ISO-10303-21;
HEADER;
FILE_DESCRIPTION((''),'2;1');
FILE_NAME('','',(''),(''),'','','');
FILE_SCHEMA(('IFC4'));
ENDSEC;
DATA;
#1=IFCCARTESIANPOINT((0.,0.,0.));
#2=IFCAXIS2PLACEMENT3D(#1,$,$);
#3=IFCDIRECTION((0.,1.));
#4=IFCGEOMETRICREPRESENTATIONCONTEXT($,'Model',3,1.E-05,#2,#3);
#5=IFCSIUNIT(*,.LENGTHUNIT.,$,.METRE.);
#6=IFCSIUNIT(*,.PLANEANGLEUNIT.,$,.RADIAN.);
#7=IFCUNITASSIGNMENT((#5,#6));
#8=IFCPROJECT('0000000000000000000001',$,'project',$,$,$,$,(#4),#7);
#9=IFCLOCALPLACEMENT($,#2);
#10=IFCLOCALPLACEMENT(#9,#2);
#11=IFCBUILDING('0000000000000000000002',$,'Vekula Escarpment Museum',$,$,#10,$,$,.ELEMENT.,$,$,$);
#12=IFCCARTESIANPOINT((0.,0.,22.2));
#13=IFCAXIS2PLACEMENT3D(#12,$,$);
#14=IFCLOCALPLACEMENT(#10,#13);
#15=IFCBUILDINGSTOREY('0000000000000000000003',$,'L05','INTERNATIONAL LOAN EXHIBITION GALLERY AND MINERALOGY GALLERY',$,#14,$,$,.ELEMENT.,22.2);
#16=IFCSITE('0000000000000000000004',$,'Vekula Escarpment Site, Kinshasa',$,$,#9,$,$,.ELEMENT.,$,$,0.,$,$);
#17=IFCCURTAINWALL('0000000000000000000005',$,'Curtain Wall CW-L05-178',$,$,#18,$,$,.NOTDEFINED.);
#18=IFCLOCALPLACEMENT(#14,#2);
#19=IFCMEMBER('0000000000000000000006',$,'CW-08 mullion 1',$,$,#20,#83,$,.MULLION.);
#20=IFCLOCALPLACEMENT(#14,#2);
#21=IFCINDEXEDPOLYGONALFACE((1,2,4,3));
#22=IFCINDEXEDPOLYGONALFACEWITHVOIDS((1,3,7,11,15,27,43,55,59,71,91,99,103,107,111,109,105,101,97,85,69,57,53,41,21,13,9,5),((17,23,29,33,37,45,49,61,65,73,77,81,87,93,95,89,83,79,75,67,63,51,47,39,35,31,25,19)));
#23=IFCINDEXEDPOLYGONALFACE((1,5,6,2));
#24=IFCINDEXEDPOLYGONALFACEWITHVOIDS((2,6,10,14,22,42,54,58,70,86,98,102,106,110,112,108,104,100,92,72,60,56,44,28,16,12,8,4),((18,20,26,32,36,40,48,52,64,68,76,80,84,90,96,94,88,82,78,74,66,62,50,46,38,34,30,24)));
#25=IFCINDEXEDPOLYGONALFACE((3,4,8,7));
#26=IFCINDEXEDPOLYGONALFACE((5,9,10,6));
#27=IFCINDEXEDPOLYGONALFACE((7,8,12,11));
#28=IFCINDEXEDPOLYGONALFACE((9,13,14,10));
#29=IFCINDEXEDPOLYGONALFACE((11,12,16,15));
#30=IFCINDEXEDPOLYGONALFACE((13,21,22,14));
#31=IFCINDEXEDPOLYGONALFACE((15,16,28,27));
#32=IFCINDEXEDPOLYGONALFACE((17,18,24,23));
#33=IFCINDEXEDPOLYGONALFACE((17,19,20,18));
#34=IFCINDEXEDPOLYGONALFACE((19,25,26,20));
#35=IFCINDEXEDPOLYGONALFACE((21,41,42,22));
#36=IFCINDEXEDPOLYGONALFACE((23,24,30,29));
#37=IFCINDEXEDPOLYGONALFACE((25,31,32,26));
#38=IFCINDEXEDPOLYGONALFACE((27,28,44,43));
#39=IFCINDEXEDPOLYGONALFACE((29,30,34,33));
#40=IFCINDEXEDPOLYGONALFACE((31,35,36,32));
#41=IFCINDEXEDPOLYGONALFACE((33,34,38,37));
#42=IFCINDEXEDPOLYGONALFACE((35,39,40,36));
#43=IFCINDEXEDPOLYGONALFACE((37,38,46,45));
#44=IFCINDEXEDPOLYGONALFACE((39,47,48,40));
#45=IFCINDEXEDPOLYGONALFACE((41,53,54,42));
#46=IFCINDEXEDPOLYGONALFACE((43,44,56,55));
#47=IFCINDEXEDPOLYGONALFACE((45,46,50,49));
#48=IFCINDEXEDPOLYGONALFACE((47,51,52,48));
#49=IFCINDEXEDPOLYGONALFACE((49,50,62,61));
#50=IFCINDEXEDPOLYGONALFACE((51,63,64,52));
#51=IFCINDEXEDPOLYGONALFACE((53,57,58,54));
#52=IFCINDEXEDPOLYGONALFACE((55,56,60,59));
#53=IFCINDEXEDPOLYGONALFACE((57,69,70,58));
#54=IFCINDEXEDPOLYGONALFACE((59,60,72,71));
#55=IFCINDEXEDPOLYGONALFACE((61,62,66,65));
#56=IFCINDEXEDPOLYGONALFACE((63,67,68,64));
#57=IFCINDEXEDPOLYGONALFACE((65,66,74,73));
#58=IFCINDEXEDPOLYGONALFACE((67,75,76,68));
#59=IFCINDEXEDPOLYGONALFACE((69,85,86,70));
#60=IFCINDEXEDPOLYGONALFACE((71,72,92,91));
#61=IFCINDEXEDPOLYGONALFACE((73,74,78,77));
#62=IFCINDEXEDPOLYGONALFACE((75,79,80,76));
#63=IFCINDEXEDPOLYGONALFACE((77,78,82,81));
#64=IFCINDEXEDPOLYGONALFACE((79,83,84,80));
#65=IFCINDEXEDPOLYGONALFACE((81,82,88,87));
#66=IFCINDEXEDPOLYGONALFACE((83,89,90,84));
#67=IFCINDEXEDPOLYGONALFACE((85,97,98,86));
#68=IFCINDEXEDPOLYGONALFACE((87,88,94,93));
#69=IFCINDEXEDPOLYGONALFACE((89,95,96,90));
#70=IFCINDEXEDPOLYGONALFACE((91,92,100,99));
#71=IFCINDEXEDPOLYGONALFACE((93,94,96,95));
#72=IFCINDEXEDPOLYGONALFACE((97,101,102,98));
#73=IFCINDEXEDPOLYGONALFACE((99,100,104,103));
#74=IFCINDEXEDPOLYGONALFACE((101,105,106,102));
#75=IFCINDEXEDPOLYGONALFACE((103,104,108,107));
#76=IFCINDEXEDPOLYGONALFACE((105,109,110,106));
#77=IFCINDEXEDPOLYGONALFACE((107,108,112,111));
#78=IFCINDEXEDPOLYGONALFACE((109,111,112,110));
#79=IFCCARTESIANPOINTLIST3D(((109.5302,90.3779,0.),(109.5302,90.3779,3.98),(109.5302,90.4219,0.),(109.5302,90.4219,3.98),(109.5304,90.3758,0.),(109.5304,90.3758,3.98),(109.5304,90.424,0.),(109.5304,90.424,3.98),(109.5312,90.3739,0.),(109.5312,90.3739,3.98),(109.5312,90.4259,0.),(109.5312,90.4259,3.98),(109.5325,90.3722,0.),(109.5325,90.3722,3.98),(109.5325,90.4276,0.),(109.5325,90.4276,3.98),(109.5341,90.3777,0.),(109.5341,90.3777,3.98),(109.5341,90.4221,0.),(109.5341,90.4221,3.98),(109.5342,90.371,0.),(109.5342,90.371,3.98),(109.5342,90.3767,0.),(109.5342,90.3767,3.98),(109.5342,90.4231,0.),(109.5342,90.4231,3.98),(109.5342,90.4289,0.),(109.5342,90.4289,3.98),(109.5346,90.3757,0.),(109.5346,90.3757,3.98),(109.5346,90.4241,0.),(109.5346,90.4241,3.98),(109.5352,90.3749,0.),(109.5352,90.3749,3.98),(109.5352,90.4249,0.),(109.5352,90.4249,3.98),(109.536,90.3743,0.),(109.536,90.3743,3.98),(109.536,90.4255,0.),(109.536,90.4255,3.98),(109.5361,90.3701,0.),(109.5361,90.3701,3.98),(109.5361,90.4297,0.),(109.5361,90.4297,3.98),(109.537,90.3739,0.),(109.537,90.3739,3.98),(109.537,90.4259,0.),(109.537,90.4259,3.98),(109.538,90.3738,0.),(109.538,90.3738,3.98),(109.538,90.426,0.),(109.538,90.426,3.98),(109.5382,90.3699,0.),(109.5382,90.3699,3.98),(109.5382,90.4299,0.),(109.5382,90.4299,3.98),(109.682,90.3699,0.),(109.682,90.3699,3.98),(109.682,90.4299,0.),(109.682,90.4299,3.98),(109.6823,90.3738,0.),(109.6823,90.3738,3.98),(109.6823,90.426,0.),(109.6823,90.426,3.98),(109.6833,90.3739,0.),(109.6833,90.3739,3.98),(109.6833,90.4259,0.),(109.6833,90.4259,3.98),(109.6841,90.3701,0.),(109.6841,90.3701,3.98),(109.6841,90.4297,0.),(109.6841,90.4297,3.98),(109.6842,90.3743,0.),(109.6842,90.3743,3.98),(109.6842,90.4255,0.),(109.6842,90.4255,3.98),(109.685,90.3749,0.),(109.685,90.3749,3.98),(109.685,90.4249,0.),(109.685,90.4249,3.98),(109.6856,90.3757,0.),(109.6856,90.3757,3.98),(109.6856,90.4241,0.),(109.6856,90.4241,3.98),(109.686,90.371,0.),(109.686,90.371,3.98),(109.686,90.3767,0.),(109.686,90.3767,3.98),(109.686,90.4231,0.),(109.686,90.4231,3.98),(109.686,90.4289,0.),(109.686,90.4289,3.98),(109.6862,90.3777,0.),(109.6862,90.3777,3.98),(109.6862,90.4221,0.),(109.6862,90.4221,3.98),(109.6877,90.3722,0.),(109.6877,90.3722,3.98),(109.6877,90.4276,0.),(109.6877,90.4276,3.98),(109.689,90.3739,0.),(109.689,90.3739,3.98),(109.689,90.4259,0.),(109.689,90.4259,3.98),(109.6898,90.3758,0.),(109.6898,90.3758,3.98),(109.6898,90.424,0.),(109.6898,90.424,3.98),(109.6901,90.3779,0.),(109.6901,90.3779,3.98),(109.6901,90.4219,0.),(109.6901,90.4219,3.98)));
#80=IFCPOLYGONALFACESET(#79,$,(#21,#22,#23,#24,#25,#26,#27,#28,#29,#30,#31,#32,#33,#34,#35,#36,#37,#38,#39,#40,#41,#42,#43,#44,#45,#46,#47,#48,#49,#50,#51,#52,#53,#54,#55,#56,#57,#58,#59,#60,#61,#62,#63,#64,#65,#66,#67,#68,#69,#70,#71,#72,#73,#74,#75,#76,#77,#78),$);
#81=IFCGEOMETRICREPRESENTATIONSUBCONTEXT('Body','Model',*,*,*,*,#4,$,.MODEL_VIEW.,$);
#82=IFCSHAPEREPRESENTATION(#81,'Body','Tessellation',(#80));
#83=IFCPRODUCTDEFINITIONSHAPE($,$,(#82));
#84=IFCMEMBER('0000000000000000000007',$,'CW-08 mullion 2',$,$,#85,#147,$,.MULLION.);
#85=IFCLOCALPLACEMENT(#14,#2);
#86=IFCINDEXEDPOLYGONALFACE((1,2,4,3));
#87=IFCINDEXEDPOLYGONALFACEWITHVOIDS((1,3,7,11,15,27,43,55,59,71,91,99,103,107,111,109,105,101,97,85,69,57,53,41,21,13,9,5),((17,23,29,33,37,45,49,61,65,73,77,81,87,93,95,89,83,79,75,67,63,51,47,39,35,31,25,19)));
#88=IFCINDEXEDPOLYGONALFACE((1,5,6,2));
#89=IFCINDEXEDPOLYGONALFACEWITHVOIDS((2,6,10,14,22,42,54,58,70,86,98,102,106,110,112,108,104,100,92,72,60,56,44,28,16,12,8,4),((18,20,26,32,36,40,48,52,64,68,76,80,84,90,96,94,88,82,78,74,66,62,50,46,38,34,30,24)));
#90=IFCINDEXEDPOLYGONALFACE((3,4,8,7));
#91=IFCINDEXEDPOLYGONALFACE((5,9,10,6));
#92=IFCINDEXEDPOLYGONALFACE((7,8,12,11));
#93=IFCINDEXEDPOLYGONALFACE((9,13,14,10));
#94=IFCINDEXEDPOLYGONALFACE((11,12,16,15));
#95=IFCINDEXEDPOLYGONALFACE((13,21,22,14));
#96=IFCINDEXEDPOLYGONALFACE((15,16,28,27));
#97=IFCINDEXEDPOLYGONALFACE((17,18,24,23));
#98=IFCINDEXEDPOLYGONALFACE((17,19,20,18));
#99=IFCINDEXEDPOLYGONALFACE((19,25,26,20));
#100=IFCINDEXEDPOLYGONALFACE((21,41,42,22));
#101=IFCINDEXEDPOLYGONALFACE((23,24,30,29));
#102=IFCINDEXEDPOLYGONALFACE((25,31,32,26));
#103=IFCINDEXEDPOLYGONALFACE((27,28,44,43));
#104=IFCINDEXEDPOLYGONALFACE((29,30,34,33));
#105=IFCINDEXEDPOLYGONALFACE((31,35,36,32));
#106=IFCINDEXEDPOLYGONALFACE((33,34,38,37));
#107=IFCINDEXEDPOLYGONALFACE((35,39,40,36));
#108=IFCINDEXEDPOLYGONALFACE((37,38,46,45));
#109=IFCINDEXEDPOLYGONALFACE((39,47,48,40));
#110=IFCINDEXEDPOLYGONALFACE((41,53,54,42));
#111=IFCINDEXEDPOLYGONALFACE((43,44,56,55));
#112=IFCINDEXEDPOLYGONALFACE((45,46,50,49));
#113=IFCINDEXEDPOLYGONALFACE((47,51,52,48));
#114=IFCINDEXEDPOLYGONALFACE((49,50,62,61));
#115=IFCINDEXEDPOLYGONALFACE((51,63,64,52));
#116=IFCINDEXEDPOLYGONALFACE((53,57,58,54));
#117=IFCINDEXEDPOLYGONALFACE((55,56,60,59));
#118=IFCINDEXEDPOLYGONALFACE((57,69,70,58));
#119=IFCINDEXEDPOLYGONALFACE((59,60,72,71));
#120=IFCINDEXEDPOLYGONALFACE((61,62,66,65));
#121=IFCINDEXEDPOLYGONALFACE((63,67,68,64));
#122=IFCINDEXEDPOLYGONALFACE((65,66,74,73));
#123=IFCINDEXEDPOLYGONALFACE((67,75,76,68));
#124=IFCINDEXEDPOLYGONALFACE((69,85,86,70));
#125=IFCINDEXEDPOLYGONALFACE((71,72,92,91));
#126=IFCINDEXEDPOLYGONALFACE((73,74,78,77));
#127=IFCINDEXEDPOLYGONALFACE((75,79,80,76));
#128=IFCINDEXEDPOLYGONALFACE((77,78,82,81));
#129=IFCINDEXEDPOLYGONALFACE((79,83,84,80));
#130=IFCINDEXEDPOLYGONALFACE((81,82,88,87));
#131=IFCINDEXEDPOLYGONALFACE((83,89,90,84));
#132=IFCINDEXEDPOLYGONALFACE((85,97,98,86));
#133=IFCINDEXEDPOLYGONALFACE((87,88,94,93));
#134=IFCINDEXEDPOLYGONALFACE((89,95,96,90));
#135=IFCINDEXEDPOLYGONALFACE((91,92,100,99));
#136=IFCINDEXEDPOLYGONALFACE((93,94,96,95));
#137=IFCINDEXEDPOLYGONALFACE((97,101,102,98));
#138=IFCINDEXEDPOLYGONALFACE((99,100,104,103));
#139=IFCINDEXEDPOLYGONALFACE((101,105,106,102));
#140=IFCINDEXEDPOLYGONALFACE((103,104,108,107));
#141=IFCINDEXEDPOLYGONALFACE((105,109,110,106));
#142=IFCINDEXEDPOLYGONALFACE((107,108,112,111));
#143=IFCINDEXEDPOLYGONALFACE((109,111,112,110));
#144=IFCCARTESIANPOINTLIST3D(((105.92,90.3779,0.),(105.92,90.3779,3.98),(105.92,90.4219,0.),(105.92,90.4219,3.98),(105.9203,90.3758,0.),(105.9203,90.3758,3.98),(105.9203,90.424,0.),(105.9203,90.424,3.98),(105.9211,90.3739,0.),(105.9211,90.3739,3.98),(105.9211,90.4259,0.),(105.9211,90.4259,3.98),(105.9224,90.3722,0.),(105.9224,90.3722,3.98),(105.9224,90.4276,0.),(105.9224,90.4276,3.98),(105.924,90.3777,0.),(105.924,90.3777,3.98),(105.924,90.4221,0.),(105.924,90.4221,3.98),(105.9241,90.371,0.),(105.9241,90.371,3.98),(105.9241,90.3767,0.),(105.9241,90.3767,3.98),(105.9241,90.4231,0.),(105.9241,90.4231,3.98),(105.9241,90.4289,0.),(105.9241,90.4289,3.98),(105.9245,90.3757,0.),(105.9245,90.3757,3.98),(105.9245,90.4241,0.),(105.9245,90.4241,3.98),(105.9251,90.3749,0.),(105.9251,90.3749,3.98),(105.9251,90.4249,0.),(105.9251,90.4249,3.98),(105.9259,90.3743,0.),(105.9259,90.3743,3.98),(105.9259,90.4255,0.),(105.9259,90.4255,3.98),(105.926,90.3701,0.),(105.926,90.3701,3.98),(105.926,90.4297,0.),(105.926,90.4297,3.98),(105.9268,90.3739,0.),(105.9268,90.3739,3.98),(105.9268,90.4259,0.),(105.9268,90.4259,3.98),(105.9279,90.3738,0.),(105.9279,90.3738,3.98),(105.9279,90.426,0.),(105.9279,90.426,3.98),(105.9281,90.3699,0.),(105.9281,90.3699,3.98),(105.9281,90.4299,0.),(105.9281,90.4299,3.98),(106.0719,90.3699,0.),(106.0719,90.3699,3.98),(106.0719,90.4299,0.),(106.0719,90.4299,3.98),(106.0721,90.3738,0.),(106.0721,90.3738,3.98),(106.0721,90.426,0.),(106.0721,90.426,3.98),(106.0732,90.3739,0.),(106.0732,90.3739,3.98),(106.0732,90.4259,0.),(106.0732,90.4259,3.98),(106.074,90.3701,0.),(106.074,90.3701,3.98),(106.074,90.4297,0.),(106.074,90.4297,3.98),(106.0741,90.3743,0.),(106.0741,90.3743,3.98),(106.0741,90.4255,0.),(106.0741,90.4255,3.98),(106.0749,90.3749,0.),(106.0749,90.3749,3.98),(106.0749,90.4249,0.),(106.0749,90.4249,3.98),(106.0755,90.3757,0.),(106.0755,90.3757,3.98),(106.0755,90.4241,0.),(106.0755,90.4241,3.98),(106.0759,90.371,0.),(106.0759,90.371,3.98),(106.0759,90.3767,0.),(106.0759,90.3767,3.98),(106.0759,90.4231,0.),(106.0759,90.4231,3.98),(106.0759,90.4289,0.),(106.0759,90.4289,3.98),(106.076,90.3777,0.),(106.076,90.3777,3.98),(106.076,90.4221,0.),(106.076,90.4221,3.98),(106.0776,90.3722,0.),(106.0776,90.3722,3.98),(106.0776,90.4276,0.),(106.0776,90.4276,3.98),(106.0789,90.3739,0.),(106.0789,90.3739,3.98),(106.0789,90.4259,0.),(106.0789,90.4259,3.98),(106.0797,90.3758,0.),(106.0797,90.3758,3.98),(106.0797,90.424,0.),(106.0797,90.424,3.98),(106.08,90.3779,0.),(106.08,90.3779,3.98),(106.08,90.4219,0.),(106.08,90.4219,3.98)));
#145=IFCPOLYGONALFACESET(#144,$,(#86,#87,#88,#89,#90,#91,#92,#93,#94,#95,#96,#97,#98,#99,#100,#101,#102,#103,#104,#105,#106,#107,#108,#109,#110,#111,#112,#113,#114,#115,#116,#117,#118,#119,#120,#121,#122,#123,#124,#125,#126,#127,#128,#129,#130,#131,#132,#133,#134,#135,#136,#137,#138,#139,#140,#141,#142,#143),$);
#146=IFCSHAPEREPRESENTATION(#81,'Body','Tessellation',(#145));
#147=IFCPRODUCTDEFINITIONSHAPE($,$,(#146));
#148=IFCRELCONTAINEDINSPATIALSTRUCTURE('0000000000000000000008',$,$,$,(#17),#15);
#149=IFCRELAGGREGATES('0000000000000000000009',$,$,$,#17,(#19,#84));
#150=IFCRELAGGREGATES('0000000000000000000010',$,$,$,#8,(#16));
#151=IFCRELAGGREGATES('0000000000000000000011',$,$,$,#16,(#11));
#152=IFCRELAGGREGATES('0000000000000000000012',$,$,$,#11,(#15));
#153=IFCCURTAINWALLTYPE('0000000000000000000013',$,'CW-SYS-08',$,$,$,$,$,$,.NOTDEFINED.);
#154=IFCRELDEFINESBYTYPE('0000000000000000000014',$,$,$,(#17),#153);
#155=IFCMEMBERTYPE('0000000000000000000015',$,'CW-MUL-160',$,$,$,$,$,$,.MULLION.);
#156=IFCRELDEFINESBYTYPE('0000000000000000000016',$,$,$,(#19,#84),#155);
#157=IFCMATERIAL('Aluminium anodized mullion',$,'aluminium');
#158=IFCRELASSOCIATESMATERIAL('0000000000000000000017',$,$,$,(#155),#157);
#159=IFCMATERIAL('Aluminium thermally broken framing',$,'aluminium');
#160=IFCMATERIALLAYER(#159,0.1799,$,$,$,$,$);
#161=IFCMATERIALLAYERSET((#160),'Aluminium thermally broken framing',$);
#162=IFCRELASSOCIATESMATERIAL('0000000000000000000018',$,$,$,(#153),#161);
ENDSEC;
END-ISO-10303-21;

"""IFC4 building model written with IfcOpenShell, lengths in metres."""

from ifc_helpers import new_model, si_unit, direction, frame, origin, origin_2d, place, context, subcontext, project, spatial, hollow_rectangle, extrude, material, layer, layer_set, material_profile, profile_set, type_object, element, aggregate, save


model = new_model("IFC4")

# Units and contexts
model_context = context("Model", 3, precision=1e-05, world=origin(), true_north=direction((0.0, 1.0)))
body_context = subcontext(model_context, "Body", "Model", "MODEL_VIEW")
ifc_project = project(units=[si_unit("LENGTHUNIT", "METRE"), si_unit("PLANEANGLEUNIT", "RADIAN")], contexts=[model_context])

# Site, building, storey
site_placement = place(None, origin())
site = spatial("IfcSite", under=ifc_project, at=site_placement, Name="Vekula Escarpment Site, Kinshasa", CompositionType="ELEMENT", RefElevation=0.0)
building_placement = place(site_placement, origin())
building = spatial("IfcBuilding", under=site, at=building_placement, Name="Vekula Escarpment Museum", CompositionType="ELEMENT")
storey_placement = place(building_placement, frame((0.0, 0.0, 22.2)))
storey = spatial("IfcBuildingStorey", under=building, at=storey_placement, Name="L05", Description="INTERNATIONAL LOAN EXHIBITION GALLERY AND MINERALOGY GALLERY", CompositionType="ELEMENT", Elevation=22.2)

# Shared definitions
ifc_material_1 = material(Name="Aluminium anodized mullion", Category="aluminium")
ifc_material_profile_1 = material_profile(ifc_material_1, hollow_rectangle(XDim=0.0601, YDim=0.1599, WallThickness=0.0039, InnerFilletRadius=0.0039, OuterFilletRadius=0.0081, at=origin_2d()), Name="ALU 160x60x4")
ifc_profile_set_1 = profile_set([ifc_material_profile_1], Name="Aluminium anodized mullion")
member_type_1 = type_object("IfcMemberType", Name="CW-MUL-160", PredefinedType="MULLION", material=ifc_profile_set_1)

# Curtain wall, members
ifc_material_2 = material(Name="Aluminium thermally broken framing", Category="aluminium")
ifc_layer_1 = layer(ifc_material_2, 0.1799)
ifc_layer_set_1 = layer_set([ifc_layer_1], Name="Aluminium thermally broken framing")
curtain_wall_type_1 = type_object("IfcCurtainWallType", Name="CW-SYS-08", PredefinedType="NOTDEFINED", material=ifc_layer_set_1)
curtain_wall_1_placement = place(storey_placement, origin())
curtain_wall_1 = element("IfcCurtainWall", 1, at=curtain_wall_1_placement, inside=storey, type_object=curtain_wall_type_1, Name="Curtain Wall CW-L05-178", PredefinedType="NOTDEFINED")
member_1_placement = place(storey_placement, frame((109.6101, 90.3999, 0.0), z_axis=(0.0, 0.0, 1.0), x_axis=(0.0, -1.0, 0.0)))
member_1 = element("IfcMember", 2, at=member_1_placement, type_object=member_type_1, Name="CW-08 mullion 1", PredefinedType="MULLION", context=body_context, shape_type="SweptSolid", body=[
    extrude(hollow_rectangle(XDim=0.0601, YDim=0.1599, WallThickness=0.0039, InnerFilletRadius=0.0039, OuterFilletRadius=0.0081, at=origin_2d()), origin(), (0.0, 0.0, 1.0), 3.98),
])
member_2_placement = place(storey_placement, frame((106.0, 90.3999, 0.0), z_axis=(0.0, 0.0, 1.0), x_axis=(0.0, -1.0, 0.0)))
member_2 = element("IfcMember", 3, at=member_2_placement, type_object=member_type_1, Name="CW-08 mullion 2", PredefinedType="MULLION", context=body_context, shape_type="SweptSolid", body=[
    extrude(hollow_rectangle(XDim=0.0601, YDim=0.1599, WallThickness=0.0039, InnerFilletRadius=0.0039, OuterFilletRadius=0.0081, at=origin_2d()), origin(), (0.0, 0.0, 1.0), 3.98),
])

aggregate(curtain_wall_1, [member_1, member_2])

save(model, "model.ifc")
